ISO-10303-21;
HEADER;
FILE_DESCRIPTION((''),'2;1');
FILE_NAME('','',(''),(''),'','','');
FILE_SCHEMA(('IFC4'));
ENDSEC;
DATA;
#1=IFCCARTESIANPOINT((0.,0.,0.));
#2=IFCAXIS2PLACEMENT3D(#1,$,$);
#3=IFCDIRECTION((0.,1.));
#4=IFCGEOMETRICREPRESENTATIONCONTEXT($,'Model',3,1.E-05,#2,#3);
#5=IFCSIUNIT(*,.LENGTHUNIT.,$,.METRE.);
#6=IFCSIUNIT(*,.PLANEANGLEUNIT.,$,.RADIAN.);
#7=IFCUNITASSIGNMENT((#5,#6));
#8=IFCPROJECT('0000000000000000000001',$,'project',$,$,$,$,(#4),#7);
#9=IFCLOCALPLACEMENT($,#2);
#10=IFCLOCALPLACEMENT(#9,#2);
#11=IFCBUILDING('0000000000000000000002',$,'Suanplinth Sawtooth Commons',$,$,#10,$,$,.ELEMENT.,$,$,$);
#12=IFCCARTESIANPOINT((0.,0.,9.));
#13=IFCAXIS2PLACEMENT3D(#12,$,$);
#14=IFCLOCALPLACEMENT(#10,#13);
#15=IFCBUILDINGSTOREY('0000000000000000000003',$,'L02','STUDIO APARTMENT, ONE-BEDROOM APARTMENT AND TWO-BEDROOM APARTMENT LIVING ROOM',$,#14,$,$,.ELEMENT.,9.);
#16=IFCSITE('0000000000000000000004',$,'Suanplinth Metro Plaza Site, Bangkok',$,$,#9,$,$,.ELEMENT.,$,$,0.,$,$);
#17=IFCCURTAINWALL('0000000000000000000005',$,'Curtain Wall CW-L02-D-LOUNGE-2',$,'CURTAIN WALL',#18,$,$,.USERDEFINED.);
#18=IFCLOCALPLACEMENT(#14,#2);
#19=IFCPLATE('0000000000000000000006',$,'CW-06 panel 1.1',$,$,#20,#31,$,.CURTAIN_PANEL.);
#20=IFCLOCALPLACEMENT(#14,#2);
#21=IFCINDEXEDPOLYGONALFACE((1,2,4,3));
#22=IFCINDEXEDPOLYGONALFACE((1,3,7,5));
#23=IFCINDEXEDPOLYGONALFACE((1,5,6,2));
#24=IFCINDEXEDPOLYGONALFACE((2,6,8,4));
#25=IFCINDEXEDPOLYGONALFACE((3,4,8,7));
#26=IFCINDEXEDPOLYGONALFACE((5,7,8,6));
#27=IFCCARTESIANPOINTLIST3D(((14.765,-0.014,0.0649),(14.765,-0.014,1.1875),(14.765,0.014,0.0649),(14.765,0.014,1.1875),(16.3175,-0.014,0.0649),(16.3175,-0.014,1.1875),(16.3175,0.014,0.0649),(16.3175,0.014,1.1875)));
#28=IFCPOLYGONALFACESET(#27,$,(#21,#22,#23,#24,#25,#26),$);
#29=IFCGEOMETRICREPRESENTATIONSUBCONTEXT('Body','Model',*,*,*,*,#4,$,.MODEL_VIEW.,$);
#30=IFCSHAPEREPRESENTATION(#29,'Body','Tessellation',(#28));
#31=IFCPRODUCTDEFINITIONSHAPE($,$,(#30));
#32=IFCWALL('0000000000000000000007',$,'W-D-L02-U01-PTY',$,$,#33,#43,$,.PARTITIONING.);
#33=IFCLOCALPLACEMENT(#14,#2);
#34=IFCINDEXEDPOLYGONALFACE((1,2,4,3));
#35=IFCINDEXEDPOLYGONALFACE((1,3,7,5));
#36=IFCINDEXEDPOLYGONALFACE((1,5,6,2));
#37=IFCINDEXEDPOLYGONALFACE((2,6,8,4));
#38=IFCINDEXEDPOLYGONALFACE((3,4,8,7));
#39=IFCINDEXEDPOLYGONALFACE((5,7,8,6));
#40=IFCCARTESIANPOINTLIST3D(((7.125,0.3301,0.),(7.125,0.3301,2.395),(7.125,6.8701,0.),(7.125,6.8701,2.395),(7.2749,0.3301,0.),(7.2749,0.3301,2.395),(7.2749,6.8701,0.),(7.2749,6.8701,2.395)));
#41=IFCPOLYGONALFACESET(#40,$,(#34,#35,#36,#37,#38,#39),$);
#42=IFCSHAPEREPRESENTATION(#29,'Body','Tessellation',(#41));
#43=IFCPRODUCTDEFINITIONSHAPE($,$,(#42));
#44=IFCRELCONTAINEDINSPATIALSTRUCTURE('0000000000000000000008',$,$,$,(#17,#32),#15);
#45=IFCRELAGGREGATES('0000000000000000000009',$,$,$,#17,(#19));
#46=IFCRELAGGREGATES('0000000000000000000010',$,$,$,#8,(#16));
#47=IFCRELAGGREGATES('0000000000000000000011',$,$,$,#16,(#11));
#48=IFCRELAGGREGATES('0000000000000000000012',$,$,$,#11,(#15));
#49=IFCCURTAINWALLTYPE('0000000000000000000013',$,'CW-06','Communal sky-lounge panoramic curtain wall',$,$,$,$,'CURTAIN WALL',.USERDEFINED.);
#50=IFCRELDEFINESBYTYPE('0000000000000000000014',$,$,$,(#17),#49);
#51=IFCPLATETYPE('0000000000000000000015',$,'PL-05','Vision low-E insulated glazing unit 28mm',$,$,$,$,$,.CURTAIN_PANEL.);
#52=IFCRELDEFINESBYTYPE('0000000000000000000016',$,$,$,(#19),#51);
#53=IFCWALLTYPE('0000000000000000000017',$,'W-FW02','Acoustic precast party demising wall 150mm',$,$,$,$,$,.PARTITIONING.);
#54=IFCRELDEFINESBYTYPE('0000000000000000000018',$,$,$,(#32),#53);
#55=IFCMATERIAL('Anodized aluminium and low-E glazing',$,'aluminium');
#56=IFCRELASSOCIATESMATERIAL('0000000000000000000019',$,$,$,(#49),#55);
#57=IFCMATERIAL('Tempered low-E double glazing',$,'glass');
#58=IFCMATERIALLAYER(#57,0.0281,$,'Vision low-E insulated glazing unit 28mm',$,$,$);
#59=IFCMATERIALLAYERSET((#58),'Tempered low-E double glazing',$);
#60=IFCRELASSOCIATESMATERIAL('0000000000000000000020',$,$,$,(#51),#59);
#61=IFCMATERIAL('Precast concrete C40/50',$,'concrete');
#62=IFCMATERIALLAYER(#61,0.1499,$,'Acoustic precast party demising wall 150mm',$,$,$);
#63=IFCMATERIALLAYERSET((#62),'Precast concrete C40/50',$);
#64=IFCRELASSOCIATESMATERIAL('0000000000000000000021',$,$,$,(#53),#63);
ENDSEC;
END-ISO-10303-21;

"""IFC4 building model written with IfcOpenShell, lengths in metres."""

from ifc_helpers import new_model, si_unit, direction, frame, frame_2d, origin, origin_2d, place, context, subcontext, project, spatial, rectangle, extrude, material, layer, layer_set, type_object, element, aggregate, save


model = new_model("IFC4")

# Units and contexts
model_context = context("Model", 3, precision=1e-05, world=origin(), true_north=direction((0.0, 1.0)))
body_context = subcontext(model_context, "Body", "Model", "MODEL_VIEW")
ifc_project = project(units=[si_unit("LENGTHUNIT", "METRE"), si_unit("PLANEANGLEUNIT", "RADIAN")], contexts=[model_context])

# Site, building, storey
site_placement = place(None, origin())
site = spatial("IfcSite", under=ifc_project, at=site_placement, Name="Suanplinth Metro Plaza Site, Bangkok", CompositionType="ELEMENT", RefElevation=0.0)
building_placement = place(site_placement, origin())
building = spatial("IfcBuilding", under=site, at=building_placement, Name="Suanplinth Sawtooth Commons", CompositionType="ELEMENT")
storey_placement = place(building_placement, frame((0.0, 0.0, 9.0)))
storey = spatial("IfcBuildingStorey", under=building, at=storey_placement, Name="L02", Description="STUDIO APARTMENT, ONE-BEDROOM APARTMENT AND TWO-BEDROOM APARTMENT LIVING ROOM", CompositionType="ELEMENT", Elevation=9.0)

# Shared definitions
ifc_material_1 = material(Name="Precast concrete C40/50", Category="concrete")

# Curtain wall, plate
ifc_material_2 = material(Name="Anodized aluminium and low-E glazing", Category="aluminium")
curtain_wall_type = type_object("IfcCurtainWallType", Name="CW-06", Description="Communal sky-lounge panoramic curtain wall", ElementType="CURTAIN WALL", PredefinedType="USERDEFINED", material=ifc_material_2)
curtain_wall_placement = place(storey_placement, origin())
curtain_wall = element("IfcCurtainWall", 1, at=curtain_wall_placement, inside=storey, type_object=curtain_wall_type, Name="Curtain Wall CW-L02-D-LOUNGE-2", ObjectType="CURTAIN WALL", PredefinedType="USERDEFINED")
ifc_material_3 = material(Name="Tempered low-E double glazing", Category="glass")
ifc_layer_1 = layer(ifc_material_3, 0.0281, Name="Vision low-E insulated glazing unit 28mm")
ifc_layer_set_1 = layer_set([ifc_layer_1], Name="Tempered low-E double glazing")
plate_type = type_object("IfcPlateType", Name="PL-05", Description="Vision low-E insulated glazing unit 28mm", PredefinedType="CURTAIN_PANEL", material=ifc_layer_set_1)
plate_placement = place(storey_placement, frame((15.5413, 0.0, 0.0649), z_axis=(0.0, 0.0, 1.0), x_axis=(1.0, 0.0, 0.0)))
plate = element("IfcPlate", 2, at=plate_placement, type_object=plate_type, Name="CW-06 panel 1.1", PredefinedType="CURTAIN_PANEL", context=body_context, shape_type="SweptSolid", body=[
    extrude(rectangle(XDim=1.5525, YDim=0.0281, at=origin_2d()), origin(), (0.0, 0.0, 1.0), 1.1226),
])
aggregate(curtain_wall, [plate])

# Wall
ifc_layer_2 = layer(ifc_material_1, 0.1499, Name="Acoustic precast party demising wall 150mm")
ifc_layer_set_2 = layer_set([ifc_layer_2], Name="Precast concrete C40/50")
wall_type_1 = type_object("IfcWallType", Name="W-FW02", Description="Acoustic precast party demising wall 150mm", PredefinedType="PARTITIONING", material=ifc_layer_set_2)
wall_1_placement = place(storey_placement, frame((7.2, 0.3301, 0.0), z_axis=(0.0, 0.0, 1.0), x_axis=(0.0, 1.0, 0.0)))
element("IfcWall", 3, at=wall_1_placement, inside=storey, type_object=wall_type_1, Name="W-D-L02-U01-PTY", PredefinedType="PARTITIONING", context=body_context, shape_type="SweptSolid", body=[
    extrude(rectangle(XDim=6.54, YDim=0.1499, at=frame_2d((3.27, 0.0))), origin(), (0.0, 0.0, 1.0), 2.395),
])

save(model, "model.ifc")
